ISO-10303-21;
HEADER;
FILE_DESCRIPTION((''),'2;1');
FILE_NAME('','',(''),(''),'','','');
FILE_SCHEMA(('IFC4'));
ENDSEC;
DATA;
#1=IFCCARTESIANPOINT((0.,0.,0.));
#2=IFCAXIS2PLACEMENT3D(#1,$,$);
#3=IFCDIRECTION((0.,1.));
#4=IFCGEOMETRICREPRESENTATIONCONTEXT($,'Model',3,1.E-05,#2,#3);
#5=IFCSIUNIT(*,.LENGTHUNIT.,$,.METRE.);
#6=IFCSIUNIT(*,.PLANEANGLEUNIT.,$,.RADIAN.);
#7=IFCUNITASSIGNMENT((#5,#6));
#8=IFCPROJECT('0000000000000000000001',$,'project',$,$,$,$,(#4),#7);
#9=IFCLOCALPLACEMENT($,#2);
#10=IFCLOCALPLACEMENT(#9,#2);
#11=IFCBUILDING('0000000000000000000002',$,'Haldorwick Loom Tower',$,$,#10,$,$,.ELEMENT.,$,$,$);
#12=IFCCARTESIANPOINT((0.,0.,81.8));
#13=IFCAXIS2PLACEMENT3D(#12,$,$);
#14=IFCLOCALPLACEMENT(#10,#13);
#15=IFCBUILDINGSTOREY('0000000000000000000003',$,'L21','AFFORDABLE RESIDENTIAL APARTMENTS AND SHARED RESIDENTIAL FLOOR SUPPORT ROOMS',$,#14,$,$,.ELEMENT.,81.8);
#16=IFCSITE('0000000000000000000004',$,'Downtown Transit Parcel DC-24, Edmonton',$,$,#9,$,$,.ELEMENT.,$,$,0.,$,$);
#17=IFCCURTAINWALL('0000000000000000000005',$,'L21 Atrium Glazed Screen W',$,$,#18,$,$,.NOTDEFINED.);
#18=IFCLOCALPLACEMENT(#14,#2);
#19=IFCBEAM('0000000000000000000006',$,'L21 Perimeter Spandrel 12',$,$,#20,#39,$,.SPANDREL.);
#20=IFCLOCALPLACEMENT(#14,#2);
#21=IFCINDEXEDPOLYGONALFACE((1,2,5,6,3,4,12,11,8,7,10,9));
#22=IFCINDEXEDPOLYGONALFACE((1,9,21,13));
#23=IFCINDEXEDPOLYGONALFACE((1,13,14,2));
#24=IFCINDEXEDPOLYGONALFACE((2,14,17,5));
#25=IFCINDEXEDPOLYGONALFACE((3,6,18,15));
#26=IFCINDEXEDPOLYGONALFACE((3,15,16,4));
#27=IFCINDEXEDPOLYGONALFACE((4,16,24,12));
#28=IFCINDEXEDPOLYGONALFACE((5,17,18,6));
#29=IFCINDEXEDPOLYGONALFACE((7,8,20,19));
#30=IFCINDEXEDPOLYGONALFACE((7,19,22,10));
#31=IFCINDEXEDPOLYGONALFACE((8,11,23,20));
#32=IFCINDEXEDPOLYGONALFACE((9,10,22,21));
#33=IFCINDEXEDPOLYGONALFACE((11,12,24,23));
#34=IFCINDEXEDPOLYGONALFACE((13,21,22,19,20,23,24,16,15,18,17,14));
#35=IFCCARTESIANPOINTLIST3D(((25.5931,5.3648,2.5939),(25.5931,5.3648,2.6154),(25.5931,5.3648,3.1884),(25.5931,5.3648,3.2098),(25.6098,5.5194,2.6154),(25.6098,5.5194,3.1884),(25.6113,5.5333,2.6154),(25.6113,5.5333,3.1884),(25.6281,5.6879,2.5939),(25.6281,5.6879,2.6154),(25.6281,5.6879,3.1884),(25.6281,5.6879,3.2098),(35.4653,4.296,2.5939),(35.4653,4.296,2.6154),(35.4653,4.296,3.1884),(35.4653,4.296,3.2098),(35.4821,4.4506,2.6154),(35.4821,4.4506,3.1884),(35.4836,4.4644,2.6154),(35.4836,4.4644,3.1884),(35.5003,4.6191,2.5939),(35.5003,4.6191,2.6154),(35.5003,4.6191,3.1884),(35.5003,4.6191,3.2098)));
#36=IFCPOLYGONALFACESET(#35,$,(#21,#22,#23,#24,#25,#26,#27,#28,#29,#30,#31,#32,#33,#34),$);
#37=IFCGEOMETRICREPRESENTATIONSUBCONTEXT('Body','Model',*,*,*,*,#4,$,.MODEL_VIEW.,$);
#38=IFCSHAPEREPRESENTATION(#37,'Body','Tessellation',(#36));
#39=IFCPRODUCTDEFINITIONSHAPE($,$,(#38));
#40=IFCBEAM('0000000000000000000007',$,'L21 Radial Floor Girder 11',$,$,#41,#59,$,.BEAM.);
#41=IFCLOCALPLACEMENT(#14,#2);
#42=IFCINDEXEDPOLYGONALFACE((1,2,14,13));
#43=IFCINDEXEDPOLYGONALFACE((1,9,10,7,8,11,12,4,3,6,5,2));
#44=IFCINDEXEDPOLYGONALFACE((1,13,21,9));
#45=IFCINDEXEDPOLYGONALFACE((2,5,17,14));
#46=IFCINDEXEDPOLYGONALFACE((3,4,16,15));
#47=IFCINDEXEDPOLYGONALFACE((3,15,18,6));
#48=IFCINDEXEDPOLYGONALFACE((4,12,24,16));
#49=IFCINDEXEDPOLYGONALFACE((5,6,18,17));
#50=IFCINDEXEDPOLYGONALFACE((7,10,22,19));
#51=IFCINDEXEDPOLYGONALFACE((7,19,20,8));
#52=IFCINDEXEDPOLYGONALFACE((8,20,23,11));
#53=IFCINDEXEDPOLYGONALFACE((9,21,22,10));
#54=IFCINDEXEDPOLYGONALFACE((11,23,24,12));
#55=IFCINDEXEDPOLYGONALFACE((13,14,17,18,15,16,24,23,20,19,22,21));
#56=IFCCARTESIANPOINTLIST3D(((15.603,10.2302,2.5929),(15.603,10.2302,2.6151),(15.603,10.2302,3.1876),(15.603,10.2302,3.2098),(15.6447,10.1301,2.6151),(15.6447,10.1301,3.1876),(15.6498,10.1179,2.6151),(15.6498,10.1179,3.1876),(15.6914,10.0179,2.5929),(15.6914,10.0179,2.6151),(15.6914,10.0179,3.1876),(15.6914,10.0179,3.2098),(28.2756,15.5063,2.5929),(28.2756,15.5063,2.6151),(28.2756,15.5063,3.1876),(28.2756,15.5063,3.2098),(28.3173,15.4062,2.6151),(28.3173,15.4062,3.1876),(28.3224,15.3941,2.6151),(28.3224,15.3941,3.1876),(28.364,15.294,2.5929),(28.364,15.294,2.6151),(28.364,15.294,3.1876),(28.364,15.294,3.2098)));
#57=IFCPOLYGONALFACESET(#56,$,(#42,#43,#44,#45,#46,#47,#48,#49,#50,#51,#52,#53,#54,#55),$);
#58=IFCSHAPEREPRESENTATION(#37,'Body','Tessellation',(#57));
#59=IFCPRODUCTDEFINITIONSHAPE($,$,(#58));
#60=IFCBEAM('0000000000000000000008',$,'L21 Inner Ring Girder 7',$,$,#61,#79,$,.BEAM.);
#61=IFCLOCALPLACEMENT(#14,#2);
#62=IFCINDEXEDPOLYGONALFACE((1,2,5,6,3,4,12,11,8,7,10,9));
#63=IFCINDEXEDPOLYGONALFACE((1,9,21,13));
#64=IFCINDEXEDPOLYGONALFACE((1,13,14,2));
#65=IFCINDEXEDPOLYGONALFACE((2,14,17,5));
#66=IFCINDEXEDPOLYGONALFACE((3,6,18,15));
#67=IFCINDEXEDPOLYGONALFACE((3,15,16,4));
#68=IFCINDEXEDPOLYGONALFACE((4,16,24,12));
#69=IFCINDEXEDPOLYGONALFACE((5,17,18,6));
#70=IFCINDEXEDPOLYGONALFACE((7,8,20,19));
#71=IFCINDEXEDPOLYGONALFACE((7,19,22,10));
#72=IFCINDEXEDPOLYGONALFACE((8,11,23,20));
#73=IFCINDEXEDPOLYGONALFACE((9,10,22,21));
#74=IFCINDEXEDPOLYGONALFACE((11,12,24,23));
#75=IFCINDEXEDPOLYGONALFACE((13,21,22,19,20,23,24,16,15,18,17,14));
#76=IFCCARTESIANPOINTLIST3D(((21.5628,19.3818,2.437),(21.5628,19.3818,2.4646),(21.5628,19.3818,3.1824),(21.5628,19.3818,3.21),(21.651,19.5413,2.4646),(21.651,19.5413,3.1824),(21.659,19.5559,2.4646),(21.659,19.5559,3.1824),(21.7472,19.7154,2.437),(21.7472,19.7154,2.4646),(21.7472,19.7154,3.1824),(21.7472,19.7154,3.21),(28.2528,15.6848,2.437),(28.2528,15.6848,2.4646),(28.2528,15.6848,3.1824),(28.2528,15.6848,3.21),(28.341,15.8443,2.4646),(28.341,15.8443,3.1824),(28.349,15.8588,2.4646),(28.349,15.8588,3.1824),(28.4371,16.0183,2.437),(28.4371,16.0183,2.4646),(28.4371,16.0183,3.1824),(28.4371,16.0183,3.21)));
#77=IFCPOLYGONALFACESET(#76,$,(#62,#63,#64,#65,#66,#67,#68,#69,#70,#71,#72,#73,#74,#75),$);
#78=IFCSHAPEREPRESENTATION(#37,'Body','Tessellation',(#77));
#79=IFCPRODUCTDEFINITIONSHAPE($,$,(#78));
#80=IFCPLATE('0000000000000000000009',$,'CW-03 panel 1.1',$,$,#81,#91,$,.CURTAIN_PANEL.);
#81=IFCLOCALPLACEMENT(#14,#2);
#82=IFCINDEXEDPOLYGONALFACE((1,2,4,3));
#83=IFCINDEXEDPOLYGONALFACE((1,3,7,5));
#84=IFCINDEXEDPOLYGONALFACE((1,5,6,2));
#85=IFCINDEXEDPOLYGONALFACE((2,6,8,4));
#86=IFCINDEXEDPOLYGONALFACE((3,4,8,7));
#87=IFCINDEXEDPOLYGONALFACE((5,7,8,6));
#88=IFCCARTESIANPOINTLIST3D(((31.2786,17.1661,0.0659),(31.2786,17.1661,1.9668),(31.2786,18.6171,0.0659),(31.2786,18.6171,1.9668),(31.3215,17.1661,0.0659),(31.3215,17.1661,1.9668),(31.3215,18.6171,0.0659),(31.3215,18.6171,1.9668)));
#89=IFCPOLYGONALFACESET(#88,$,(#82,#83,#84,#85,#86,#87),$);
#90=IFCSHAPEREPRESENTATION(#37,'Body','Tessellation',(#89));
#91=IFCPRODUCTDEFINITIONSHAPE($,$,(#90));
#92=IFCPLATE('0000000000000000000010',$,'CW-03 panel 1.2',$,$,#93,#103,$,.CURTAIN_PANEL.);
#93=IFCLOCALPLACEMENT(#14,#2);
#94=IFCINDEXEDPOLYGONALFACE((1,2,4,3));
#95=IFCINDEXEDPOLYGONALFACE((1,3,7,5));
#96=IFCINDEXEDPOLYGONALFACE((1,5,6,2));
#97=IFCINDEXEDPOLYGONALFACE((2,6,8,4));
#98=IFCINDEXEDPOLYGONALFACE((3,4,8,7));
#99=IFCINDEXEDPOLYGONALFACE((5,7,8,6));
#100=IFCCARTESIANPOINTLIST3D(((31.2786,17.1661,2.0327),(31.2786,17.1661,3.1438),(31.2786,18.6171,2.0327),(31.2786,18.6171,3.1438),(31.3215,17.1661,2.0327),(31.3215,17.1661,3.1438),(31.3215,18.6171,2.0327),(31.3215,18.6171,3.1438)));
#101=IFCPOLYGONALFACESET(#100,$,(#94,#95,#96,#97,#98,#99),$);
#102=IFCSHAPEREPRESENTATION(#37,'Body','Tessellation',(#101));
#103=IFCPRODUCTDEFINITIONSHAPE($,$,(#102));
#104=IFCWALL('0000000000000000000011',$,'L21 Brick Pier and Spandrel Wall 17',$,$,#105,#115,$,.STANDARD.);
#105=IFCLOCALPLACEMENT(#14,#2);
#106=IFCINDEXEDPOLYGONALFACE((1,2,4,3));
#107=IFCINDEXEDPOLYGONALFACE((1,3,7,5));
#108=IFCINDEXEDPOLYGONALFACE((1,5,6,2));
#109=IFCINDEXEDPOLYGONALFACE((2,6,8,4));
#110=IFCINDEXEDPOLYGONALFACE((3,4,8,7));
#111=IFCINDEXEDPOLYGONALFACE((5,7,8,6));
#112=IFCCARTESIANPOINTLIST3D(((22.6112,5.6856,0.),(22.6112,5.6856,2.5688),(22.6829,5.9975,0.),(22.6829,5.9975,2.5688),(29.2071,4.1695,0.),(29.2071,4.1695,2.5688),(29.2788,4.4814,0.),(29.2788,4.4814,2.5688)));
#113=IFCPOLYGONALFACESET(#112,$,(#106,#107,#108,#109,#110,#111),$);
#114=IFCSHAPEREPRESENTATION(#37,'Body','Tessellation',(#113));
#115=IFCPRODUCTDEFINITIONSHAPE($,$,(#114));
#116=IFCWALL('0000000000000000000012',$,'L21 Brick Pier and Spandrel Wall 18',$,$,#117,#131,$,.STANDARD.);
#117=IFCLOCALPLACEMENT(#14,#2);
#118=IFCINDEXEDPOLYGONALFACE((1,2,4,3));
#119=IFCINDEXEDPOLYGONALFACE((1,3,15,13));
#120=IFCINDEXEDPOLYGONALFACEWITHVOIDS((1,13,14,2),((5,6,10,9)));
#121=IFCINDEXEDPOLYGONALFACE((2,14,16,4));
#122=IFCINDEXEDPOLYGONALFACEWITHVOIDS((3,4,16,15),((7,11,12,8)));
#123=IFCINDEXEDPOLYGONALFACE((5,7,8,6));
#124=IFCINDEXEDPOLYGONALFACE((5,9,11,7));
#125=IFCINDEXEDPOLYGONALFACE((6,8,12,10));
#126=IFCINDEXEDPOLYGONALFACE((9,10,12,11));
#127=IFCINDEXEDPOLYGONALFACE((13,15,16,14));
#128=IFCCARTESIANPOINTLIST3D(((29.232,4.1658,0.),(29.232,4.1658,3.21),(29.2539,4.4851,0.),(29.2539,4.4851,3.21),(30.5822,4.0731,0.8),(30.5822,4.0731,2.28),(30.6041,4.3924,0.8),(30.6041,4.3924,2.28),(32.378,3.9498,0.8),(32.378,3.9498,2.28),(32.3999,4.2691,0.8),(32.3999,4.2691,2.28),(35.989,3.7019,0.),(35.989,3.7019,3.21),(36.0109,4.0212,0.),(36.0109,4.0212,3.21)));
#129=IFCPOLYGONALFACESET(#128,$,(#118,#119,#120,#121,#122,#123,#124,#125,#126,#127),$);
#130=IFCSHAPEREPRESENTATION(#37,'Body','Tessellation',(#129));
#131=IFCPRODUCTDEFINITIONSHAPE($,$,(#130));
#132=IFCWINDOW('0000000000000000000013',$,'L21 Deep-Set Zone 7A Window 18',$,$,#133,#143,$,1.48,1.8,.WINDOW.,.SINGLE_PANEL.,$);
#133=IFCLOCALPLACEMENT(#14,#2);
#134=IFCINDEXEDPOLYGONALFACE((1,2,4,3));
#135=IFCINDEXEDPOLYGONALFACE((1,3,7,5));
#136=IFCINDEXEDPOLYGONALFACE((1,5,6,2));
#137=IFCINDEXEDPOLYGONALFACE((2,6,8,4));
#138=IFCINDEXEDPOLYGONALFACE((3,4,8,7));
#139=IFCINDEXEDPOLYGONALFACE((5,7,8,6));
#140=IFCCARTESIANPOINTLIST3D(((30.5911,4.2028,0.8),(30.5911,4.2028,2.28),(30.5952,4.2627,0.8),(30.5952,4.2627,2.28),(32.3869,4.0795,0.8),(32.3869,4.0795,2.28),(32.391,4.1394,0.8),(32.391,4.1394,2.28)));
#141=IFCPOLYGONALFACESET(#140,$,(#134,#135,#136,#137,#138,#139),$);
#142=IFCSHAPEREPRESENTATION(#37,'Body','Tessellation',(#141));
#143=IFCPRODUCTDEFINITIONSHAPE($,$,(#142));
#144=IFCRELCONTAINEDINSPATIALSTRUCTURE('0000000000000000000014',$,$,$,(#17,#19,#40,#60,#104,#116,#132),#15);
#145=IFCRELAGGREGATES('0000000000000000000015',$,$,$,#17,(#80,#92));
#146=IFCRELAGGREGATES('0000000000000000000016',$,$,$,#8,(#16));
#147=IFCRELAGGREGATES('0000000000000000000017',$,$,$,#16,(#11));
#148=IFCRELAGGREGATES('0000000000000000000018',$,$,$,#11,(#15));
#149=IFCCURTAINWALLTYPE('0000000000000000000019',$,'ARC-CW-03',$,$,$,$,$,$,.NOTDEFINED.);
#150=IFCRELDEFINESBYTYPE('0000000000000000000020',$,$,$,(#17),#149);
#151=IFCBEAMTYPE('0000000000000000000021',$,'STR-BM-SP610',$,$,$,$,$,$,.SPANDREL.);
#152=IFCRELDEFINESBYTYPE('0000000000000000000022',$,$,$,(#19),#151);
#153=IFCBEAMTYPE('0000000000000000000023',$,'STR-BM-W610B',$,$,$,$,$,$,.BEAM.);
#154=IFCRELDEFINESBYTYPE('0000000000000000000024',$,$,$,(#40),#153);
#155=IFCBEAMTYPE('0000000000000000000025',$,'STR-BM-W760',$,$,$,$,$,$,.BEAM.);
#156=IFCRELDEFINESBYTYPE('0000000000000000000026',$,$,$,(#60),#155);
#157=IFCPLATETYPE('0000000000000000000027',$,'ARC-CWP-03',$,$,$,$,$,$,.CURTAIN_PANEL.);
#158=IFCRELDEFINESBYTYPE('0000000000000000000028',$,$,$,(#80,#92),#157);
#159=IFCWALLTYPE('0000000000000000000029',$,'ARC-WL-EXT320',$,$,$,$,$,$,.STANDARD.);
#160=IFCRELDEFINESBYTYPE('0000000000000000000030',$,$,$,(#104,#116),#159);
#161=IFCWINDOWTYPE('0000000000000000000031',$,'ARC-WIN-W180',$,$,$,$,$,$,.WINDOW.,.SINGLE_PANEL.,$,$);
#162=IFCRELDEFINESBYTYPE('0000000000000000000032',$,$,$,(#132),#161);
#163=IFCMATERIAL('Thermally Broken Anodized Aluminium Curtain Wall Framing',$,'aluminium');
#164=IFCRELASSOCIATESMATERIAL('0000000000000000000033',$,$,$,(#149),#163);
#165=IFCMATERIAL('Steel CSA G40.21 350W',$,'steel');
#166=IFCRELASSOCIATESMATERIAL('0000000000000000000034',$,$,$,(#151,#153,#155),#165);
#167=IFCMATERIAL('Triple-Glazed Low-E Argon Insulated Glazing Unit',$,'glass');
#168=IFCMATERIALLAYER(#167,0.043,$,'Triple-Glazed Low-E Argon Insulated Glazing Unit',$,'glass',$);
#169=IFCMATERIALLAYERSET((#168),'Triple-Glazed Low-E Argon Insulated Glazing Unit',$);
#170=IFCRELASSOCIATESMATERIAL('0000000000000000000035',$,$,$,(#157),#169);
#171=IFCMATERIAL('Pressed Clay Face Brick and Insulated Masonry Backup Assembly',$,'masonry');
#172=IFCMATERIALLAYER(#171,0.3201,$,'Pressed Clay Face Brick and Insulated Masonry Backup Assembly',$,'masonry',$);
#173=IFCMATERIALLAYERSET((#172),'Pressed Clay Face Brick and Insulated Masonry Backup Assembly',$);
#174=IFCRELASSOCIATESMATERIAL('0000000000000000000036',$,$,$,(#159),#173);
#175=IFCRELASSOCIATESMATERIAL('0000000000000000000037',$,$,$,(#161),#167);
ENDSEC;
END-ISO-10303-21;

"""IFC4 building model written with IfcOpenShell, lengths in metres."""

from ifc_helpers import new_model, si_unit, direction, frame, frame_2d, origin, origin_2d, place, context, subcontext, project, spatial, rectangle, i_section, extrude, material, layer, layer_set, material_profile, profile_set, type_object, element, fill, aggregate, save


model = new_model("IFC4")

# Units and contexts
model_context = context("Model", 3, precision=1e-05, world=origin(), true_north=direction((0.0, 1.0)))
body_context = subcontext(model_context, "Body", "Model", "MODEL_VIEW")
ifc_project = project(units=[si_unit("LENGTHUNIT", "METRE"), si_unit("PLANEANGLEUNIT", "RADIAN")], contexts=[model_context])

# Site, building, storey
site_placement = place(None, origin())
site = spatial("IfcSite", under=ifc_project, at=site_placement, Name="Downtown Transit Parcel DC-24, Edmonton", CompositionType="ELEMENT", RefElevation=0.0)
building_placement = place(site_placement, origin())
building = spatial("IfcBuilding", under=site, at=building_placement, Name="Haldorwick Loom Tower", CompositionType="ELEMENT")
storey_placement = place(building_placement, frame((0.0, 0.0, 81.8)))
storey = spatial("IfcBuildingStorey", under=building, at=storey_placement, Name="L21", Description="AFFORDABLE RESIDENTIAL APARTMENTS AND SHARED RESIDENTIAL FLOOR SUPPORT ROOMS", CompositionType="ELEMENT", Elevation=81.8)

# Curtain wall
ifc_material_1 = material(Name="Thermally Broken Anodized Aluminium Curtain Wall Framing", Category="aluminium")
curtain_wall_type = type_object("IfcCurtainWallType", Name="ARC-CW-03", PredefinedType="NOTDEFINED", material=ifc_material_1)
curtain_wall_placement = place(storey_placement, origin())
curtain_wall = element("IfcCurtainWall", 1, at=curtain_wall_placement, inside=storey, type_object=curtain_wall_type, Name="L21 Atrium Glazed Screen W", PredefinedType="NOTDEFINED")

# Beams
ifc_material_2 = material(Name="Steel CSA G40.21 350W", Category="steel")
ifc_material_profile_1 = material_profile(ifc_material_2, i_section(OverallWidth=0.325, OverallDepth=0.616, WebThickness=0.0139, FlangeThickness=0.0215, at=origin_2d()), Name="W610X174", Category="steel")
ifc_profile_set_1 = profile_set([ifc_material_profile_1], Name="Steel CSA G40.21 350W")
beam_type_1 = type_object("IfcBeamType", Name="STR-BM-SP610", PredefinedType="SPANDREL", material=ifc_profile_set_1)
beam_1_placement = place(storey_placement, frame((25.6106, 5.5264, 2.9019), z_axis=(0.99419, -0.107638, 0.0), x_axis=(0.107638, 0.99419, 0.0)))
element("IfcBeam", 2, at=beam_1_placement, inside=storey, type_object=beam_type_1, Name="L21 Perimeter Spandrel 12", PredefinedType="SPANDREL", context=body_context, shape_type="SweptSolid", body=[
    extrude(i_section(OverallWidth=0.325, OverallDepth=0.616, WebThickness=0.0139, FlangeThickness=0.0215, at=origin_2d()), origin(), (0.0, 0.0, 1.0), 9.9299),
])
ifc_material_profile_2 = material_profile(ifc_material_2, i_section(OverallWidth=0.23, OverallDepth=0.6169, WebThickness=0.0132, FlangeThickness=0.0222, at=origin_2d()), Name="W610X140", Category="steel")
ifc_profile_set_2 = profile_set([ifc_material_profile_2], Name="Steel CSA G40.21 350W")
beam_type_2 = type_object("IfcBeamType", Name="STR-BM-W610B", PredefinedType="BEAM", material=ifc_profile_set_2)
beam_2_placement = place(storey_placement, frame((28.3198, 15.4001, 2.9014), z_axis=(-0.923184, -0.384359, 0.0), x_axis=(0.384359, -0.923184, 0.0)))
element("IfcBeam", 3, at=beam_2_placement, inside=storey, type_object=beam_type_2, Name="L21 Radial Floor Girder 11", PredefinedType="BEAM", context=body_context, shape_type="SweptSolid", body=[
    extrude(i_section(OverallWidth=0.23, OverallDepth=0.6169, WebThickness=0.0132, FlangeThickness=0.0222, at=origin_2d()), origin(), (0.0, 0.0, 1.0), 13.7271),
])
ifc_material_profile_3 = material_profile(ifc_material_2, i_section(OverallWidth=0.3811, OverallDepth=0.7729, WebThickness=0.0166, FlangeThickness=0.0276, at=origin_2d()), Name="W760X257", Category="steel")
ifc_profile_set_3 = profile_set([ifc_material_profile_3], Name="Steel CSA G40.21 350W")
beam_type_3 = type_object("IfcBeamType", Name="STR-BM-W760", PredefinedType="BEAM", material=ifc_profile_set_3)
beam_3_placement = place(storey_placement, frame((28.345, 15.8516, 2.8235), z_axis=(-0.875244, 0.483681, 0.0), x_axis=(-0.483681, -0.875244, 0.0)))
element("IfcBeam", 4, at=beam_3_placement, inside=storey, type_object=beam_type_3, Name="L21 Inner Ring Girder 7", PredefinedType="BEAM", context=body_context, shape_type="SweptSolid", body=[
    extrude(i_section(OverallWidth=0.3811, OverallDepth=0.7729, WebThickness=0.0166, FlangeThickness=0.0276, at=origin_2d()), origin(), (0.0, 0.0, 1.0), 7.6436),
])

# Plates
ifc_material_3 = material(Name="Triple-Glazed Low-E Argon Insulated Glazing Unit", Category="glass")
ifc_layer_1 = layer(ifc_material_3, 0.043, Name="Triple-Glazed Low-E Argon Insulated Glazing Unit", Category="glass")
ifc_layer_set_1 = layer_set([ifc_layer_1], Name="Triple-Glazed Low-E Argon Insulated Glazing Unit")
plate_type = type_object("IfcPlateType", Name="ARC-CWP-03", PredefinedType="CURTAIN_PANEL", material=ifc_layer_set_1)
plate_1_placement = place(storey_placement, frame((31.3, 17.8916, 0.0659), z_axis=(0.0, 0.0, 1.0), x_axis=(0.0, 1.0, 0.0)))
plate_1 = element("IfcPlate", 5, at=plate_1_placement, type_object=plate_type, Name="CW-03 panel 1.1", PredefinedType="CURTAIN_PANEL", context=body_context, shape_type="SweptSolid", body=[
    extrude(rectangle(XDim=1.4509, YDim=0.043, at=origin_2d()), origin(), (0.0, 0.0, 1.0), 1.9009),
])
plate_2_placement = place(storey_placement, frame((31.3, 17.8916, 2.0327), z_axis=(0.0, 0.0, 1.0), x_axis=(0.0, 1.0, 0.0)))
plate_2 = element("IfcPlate", 6, at=plate_2_placement, type_object=plate_type, Name="CW-03 panel 1.2", PredefinedType="CURTAIN_PANEL", context=body_context, shape_type="SweptSolid", body=[
    extrude(rectangle(XDim=1.4509, YDim=0.043, at=origin_2d()), origin(), (0.0, 0.0, 1.0), 1.1111),
])
aggregate(curtain_wall, [plate_1, plate_2])

# Wall
ifc_material_4 = material(Name="Pressed Clay Face Brick and Insulated Masonry Backup Assembly", Category="masonry")
ifc_layer_2 = layer(ifc_material_4, 0.3201, Name="Pressed Clay Face Brick and Insulated Masonry Backup Assembly", Category="masonry")
ifc_layer_set_2 = layer_set([ifc_layer_2], Name="Pressed Clay Face Brick and Insulated Masonry Backup Assembly")
wall_type_1 = type_object("IfcWallType", Name="ARC-WL-EXT320", PredefinedType="STANDARD", material=ifc_layer_set_2)
wall_1_placement = place(storey_placement, frame((22.6472, 5.8416, 0.0), z_axis=(0.0, 0.0, 1.0), x_axis=(0.974584, -0.224022, 0.0)))
element("IfcWall", 7, at=wall_1_placement, inside=storey, type_object=wall_type_1, Name="L21 Brick Pier and Spandrel Wall 17", PredefinedType="STANDARD", context=body_context, shape_type="SweptSolid", body=[
    extrude(rectangle(XDim=6.7678, YDim=0.3201, at=frame_2d((3.3838, 0.0))), origin(), (0.0, 0.0, 1.0), 2.5688),
])

# Wall, opening, window
wall_2_placement = place(storey_placement, frame((29.2429, 4.3254, 0.0), z_axis=(0.0, 0.0, 1.0), x_axis=(0.997652, -0.068488, 0.0)))
wall_2 = element("IfcWall", 8, at=wall_2_placement, inside=storey, type_object=wall_type_1, Name="L21 Brick Pier and Spandrel Wall 18", PredefinedType="STANDARD", context=body_context, shape_type="SweptSolid", body=[
    extrude(rectangle(XDim=6.7729, YDim=0.3201, at=frame_2d((3.3865, 0.0))), origin(), (0.0, 0.0, 1.0), 3.21),
])
opening_1_placement = place(wall_2_placement, frame((1.3535, 0.0, 0.8)))
opening_1 = element("IfcOpeningElement", 9, at=opening_1_placement, cuts=wall_2, PredefinedType="OPENING", context=body_context, shape_type="SweptSolid", body=[
    extrude(rectangle(XDim=1.8, YDim=1.48, at=frame_2d((0.8999, 0.74))), frame((0.0, 0.1699, 0.0), z_axis=(0.0, -1.0, 0.0), x_axis=(1.0, 0.0, 0.0)), (0.0, 0.0, 1.0), 0.3401),
])
window_type = type_object("IfcWindowType", Name="ARC-WIN-W180", PartitioningType="SINGLE_PANEL", PredefinedType="WINDOW", material=ifc_material_3)
window_placement = place(opening_1_placement, origin())
window = element("IfcWindow", 10, at=window_placement, inside=storey, type_object=window_type, Name="L21 Deep-Set Zone 7A Window 18", OverallHeight=1.48, OverallWidth=1.8, PartitioningType="SINGLE_PANEL", PredefinedType="WINDOW", context=body_context, shape_type="SweptSolid", body=[
    extrude(rectangle(XDim=1.8, YDim=1.48, at=frame_2d((0.8999, 0.74))), frame((0.0, 0.03, 0.0), z_axis=(0.0, -1.0, 0.0), x_axis=(1.0, 0.0, 0.0)), (0.0, 0.0, 1.0), 0.0601),
])
fill(opening_1, window)

save(model, "model.ifc")
